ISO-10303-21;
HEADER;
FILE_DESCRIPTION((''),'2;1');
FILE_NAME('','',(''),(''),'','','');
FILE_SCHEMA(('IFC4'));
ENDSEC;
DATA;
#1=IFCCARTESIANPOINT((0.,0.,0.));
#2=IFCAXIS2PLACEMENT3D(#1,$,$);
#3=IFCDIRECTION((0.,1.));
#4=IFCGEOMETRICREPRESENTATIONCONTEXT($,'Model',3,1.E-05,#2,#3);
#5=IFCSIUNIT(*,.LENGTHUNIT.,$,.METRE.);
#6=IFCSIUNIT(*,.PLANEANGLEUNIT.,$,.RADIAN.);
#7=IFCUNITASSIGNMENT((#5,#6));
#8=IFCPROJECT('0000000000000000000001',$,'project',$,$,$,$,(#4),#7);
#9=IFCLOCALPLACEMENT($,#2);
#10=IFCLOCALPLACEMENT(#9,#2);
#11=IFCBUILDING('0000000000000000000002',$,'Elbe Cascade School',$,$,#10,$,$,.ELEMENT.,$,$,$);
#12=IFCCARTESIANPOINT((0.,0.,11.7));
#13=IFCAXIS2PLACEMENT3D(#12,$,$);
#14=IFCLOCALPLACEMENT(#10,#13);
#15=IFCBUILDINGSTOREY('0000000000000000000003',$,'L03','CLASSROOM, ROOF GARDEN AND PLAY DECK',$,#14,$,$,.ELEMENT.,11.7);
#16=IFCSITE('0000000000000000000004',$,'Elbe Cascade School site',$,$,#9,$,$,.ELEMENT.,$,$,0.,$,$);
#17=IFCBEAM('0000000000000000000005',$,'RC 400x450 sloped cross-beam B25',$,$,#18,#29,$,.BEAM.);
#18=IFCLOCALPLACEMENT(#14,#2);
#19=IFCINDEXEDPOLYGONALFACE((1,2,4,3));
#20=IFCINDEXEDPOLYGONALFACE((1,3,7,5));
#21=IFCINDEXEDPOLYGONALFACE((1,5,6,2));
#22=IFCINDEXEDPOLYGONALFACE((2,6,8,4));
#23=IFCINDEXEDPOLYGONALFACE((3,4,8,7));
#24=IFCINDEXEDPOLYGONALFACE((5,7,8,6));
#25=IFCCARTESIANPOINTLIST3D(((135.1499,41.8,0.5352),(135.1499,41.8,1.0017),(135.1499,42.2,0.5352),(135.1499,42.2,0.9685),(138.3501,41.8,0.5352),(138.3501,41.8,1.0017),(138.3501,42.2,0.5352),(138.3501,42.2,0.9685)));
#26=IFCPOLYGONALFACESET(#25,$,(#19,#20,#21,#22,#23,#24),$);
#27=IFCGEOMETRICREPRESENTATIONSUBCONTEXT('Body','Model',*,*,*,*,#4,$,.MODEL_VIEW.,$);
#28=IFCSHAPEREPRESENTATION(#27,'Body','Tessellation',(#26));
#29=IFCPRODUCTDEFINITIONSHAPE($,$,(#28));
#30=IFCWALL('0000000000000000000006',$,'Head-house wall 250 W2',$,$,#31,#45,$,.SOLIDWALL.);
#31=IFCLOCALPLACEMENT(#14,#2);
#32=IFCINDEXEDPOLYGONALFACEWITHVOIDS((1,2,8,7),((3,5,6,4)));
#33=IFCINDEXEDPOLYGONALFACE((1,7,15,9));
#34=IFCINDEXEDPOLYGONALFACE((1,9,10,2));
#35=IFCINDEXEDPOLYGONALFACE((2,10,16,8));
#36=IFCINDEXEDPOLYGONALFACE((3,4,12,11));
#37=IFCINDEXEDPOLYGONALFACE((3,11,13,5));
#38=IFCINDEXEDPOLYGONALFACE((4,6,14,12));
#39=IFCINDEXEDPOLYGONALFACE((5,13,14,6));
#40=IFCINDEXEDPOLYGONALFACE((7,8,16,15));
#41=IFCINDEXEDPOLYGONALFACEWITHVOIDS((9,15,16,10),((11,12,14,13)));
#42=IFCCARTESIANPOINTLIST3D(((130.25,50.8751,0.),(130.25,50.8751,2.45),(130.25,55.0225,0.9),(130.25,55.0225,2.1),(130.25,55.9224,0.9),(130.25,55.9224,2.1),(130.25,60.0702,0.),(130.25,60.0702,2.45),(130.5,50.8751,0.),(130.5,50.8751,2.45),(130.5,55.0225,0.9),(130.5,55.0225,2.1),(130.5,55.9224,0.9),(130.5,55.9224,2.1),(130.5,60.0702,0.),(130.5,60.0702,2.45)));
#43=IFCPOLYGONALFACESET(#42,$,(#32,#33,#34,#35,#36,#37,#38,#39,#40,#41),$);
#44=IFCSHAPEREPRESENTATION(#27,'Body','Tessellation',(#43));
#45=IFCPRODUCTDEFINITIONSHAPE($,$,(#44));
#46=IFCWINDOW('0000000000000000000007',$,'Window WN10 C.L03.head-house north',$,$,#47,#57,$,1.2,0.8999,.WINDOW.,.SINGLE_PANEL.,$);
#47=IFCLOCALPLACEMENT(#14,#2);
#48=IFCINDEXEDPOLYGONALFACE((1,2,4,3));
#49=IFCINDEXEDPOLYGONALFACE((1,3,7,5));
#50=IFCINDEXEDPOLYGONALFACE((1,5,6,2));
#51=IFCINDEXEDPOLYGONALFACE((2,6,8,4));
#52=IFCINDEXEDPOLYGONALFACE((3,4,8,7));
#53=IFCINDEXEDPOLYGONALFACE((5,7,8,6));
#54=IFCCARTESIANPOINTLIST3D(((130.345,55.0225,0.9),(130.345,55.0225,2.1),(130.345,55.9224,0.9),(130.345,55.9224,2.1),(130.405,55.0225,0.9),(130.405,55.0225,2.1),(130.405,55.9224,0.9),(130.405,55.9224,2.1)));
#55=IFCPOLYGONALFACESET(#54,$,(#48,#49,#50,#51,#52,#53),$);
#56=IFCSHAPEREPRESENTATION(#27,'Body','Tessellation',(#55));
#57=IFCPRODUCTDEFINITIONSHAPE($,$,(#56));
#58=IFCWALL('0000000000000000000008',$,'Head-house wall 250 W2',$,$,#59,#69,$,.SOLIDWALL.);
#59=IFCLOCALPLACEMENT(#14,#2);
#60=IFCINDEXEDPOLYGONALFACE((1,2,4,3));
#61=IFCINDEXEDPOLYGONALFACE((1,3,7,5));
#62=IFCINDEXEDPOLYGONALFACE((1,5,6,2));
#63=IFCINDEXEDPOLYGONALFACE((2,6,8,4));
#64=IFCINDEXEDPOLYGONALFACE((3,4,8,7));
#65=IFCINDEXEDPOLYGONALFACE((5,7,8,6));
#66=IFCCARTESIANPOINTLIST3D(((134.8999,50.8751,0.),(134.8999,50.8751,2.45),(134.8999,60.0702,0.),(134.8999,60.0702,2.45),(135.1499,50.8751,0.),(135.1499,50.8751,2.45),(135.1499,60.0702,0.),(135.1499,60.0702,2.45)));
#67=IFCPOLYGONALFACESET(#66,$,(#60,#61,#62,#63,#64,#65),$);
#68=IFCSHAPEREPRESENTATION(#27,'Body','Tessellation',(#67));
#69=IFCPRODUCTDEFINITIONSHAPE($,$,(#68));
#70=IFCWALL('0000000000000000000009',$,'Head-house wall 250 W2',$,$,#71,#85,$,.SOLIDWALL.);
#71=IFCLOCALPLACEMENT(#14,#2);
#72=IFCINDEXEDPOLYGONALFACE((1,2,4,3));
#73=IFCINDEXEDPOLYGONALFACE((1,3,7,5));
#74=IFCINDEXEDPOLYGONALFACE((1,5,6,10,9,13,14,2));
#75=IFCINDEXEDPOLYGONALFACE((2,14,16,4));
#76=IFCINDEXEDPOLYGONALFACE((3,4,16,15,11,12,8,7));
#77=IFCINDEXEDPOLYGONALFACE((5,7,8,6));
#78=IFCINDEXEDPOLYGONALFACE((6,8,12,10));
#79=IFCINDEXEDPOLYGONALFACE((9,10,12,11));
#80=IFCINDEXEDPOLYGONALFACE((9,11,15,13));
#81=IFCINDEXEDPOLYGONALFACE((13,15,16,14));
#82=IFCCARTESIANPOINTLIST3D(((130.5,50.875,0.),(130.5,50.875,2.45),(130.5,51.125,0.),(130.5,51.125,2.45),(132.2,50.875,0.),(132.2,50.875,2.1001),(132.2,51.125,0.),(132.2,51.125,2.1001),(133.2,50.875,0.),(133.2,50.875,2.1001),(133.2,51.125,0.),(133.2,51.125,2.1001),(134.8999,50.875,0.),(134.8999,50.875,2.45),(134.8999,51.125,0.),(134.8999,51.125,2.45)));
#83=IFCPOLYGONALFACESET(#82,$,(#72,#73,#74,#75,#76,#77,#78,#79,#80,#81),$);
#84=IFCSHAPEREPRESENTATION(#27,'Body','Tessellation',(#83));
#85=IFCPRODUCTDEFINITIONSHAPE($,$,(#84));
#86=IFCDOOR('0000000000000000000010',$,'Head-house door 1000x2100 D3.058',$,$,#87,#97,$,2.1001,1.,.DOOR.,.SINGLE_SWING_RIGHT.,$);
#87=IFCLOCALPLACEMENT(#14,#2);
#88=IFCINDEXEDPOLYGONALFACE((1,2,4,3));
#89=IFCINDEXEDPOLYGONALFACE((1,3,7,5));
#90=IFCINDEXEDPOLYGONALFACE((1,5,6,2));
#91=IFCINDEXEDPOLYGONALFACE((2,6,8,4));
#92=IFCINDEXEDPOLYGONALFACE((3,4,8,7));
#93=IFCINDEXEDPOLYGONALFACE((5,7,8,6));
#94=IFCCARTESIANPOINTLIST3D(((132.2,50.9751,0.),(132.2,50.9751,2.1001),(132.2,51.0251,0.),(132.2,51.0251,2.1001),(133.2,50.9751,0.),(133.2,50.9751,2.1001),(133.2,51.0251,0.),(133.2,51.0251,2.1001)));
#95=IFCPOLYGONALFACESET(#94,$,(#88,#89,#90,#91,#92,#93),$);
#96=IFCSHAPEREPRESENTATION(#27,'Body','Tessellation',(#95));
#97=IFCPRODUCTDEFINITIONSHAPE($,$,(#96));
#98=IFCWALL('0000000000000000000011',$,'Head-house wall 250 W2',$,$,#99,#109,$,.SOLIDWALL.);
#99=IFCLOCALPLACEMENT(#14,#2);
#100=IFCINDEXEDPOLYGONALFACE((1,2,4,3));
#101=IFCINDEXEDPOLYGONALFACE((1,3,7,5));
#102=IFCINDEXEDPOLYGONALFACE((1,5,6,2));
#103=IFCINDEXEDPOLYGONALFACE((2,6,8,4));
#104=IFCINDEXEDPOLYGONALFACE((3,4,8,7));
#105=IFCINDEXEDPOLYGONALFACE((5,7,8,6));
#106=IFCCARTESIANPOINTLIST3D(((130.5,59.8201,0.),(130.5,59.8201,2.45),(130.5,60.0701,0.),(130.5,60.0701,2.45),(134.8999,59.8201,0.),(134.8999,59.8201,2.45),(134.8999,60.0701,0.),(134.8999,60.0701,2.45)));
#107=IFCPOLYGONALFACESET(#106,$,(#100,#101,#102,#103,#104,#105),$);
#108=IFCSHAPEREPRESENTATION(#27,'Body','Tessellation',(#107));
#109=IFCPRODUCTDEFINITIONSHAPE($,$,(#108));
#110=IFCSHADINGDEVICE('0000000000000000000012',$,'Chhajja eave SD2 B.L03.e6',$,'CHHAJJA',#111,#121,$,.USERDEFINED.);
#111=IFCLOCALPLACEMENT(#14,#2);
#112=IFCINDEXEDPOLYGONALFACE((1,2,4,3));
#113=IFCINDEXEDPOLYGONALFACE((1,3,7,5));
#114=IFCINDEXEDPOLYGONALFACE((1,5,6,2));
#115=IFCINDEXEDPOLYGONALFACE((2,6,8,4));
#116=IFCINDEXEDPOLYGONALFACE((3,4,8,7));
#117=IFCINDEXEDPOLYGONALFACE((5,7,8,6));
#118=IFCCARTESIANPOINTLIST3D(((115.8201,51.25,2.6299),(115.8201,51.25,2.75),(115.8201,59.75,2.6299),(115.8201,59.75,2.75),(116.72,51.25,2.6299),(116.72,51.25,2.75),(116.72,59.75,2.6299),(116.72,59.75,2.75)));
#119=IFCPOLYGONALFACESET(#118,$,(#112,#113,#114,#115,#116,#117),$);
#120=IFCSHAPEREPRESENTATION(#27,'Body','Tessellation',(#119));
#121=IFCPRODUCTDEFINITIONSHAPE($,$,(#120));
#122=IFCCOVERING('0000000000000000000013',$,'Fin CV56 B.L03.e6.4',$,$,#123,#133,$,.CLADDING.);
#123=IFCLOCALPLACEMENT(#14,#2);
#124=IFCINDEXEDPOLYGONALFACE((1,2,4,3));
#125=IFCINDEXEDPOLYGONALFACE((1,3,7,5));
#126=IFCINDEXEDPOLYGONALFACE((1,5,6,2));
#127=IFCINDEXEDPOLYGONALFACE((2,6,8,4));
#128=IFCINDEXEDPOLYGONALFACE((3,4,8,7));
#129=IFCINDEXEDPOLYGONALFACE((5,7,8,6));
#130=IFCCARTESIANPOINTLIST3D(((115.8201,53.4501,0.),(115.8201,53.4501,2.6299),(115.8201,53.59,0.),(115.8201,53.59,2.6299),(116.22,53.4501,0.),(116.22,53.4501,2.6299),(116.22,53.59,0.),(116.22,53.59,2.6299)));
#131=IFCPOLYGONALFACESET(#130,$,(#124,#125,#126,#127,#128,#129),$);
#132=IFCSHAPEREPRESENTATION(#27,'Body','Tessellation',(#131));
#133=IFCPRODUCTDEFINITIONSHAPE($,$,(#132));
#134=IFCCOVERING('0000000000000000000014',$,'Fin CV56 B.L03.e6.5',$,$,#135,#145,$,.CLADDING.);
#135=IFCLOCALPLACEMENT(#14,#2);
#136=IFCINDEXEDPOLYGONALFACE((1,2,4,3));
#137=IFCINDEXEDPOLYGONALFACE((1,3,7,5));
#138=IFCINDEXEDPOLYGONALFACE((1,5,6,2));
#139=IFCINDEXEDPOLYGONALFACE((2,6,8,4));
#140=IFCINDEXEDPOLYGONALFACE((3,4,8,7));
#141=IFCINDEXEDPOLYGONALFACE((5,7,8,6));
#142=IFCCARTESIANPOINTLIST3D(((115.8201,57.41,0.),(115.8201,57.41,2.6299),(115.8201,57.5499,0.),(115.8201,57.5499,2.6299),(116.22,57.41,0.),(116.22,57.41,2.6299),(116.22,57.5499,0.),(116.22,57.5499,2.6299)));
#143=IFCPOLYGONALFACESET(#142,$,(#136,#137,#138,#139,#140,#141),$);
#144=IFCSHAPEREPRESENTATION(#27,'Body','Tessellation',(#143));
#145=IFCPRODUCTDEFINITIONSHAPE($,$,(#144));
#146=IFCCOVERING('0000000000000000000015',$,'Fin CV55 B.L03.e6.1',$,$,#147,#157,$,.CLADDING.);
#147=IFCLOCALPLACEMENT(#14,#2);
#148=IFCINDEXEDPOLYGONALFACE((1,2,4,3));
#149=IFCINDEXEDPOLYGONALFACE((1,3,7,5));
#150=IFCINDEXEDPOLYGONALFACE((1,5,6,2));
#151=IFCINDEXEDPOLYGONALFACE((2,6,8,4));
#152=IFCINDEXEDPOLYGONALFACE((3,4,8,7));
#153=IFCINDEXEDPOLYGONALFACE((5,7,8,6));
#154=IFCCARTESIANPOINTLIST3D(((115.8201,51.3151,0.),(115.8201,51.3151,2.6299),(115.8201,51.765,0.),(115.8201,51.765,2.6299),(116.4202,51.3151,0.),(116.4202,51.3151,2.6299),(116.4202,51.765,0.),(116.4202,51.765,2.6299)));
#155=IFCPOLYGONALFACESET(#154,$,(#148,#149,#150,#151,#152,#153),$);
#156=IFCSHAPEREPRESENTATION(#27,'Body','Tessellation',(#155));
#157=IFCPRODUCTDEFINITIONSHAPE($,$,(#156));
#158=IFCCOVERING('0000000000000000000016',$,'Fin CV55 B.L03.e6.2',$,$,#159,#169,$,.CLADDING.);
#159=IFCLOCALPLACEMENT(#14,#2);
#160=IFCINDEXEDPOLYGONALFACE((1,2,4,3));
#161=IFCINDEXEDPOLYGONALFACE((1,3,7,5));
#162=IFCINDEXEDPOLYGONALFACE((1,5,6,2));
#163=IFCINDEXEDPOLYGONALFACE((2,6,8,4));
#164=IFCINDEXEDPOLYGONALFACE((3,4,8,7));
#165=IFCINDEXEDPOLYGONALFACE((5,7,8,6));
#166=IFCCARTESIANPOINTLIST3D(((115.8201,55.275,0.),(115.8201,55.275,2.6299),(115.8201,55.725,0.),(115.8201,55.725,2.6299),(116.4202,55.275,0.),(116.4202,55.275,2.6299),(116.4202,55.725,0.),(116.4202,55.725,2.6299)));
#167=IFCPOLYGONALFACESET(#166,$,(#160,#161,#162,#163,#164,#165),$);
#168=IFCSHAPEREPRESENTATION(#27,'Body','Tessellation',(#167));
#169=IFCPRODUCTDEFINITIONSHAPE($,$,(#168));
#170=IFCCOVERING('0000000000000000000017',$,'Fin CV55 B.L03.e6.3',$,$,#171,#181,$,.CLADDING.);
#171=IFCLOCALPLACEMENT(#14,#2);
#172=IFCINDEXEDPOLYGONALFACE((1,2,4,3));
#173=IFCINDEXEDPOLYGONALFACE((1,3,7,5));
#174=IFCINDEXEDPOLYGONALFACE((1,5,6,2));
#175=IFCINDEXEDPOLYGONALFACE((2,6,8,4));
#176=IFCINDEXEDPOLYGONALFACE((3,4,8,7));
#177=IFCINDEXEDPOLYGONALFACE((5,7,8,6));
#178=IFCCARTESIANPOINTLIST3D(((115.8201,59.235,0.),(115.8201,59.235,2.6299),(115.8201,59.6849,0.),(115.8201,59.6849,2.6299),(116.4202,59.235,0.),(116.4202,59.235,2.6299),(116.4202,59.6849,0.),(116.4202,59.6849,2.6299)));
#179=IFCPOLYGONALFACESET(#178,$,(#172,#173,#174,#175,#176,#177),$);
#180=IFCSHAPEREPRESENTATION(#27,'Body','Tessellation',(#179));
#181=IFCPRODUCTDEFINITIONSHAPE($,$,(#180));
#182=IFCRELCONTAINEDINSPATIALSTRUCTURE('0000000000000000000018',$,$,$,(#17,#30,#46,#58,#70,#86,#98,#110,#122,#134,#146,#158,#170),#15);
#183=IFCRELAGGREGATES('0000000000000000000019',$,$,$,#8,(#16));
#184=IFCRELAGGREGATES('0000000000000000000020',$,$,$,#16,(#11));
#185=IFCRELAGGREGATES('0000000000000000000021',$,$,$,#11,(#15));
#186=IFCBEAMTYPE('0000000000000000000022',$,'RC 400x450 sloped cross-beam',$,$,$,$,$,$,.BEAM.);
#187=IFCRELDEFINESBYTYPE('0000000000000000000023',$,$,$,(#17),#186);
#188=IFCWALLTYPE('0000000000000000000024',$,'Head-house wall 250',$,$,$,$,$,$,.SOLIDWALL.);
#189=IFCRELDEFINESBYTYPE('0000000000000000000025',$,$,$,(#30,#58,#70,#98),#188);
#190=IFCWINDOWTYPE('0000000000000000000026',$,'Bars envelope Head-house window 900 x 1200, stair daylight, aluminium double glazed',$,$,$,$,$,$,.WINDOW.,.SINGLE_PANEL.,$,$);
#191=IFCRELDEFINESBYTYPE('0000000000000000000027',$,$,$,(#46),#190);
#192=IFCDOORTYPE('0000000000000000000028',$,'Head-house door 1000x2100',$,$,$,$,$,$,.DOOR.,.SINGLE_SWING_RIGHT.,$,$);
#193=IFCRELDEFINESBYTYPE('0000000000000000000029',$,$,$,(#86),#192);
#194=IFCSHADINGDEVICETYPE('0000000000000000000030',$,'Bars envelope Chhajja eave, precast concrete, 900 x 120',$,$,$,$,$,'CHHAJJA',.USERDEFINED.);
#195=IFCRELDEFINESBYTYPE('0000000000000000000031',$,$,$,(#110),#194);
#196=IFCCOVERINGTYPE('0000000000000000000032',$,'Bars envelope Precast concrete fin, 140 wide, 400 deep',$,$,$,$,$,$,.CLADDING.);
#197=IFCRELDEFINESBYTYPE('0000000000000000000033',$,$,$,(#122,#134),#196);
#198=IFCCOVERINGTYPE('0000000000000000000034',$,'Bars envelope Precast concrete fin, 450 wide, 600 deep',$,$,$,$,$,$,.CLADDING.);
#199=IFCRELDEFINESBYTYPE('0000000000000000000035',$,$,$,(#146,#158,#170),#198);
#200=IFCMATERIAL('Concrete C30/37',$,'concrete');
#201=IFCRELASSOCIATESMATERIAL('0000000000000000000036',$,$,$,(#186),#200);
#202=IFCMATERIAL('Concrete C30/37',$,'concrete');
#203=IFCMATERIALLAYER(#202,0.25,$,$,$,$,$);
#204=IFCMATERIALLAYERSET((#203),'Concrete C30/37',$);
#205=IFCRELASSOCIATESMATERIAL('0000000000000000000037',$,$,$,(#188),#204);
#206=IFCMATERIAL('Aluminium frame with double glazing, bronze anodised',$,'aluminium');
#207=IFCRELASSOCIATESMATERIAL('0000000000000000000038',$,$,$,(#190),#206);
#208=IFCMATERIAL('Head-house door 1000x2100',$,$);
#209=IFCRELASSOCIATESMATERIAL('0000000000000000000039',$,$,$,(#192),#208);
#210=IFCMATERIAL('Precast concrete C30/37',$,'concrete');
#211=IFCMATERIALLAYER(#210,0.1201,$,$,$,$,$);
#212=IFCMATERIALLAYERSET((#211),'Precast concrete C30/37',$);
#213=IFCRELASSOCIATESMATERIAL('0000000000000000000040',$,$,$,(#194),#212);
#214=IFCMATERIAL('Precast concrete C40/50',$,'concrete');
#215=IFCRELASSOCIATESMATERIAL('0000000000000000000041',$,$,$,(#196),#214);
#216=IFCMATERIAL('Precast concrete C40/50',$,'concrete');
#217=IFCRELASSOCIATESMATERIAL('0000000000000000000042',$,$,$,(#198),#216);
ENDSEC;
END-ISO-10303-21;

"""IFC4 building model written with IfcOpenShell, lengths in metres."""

from ifc_helpers import new_model, si_unit, direction, frame, frame_2d, origin, origin_2d, place, context, subcontext, project, spatial, polyline, rectangle, outline, extrude, material, layer, layer_set, material_profile, profile_set, type_object, element, fill, save


model = new_model("IFC4")

# Units and contexts
model_context = context("Model", 3, precision=1e-05, world=origin(), true_north=direction((0.0, 1.0)))
body_context = subcontext(model_context, "Body", "Model", "MODEL_VIEW")
ifc_project = project(units=[si_unit("LENGTHUNIT", "METRE"), si_unit("PLANEANGLEUNIT", "RADIAN")], contexts=[model_context])

# Site, building, storey
site_placement = place(None, origin())
site = spatial("IfcSite", under=ifc_project, at=site_placement, Name="Elbe Cascade School site", CompositionType="ELEMENT", RefElevation=0.0)
building_placement = place(site_placement, origin())
building = spatial("IfcBuilding", under=site, at=building_placement, Name="Elbe Cascade School", CompositionType="ELEMENT")
storey_placement = place(building_placement, frame((0.0, 0.0, 11.7)))
storey = spatial("IfcBuildingStorey", under=building, at=storey_placement, Name="L03", Description="CLASSROOM, ROOF GARDEN AND PLAY DECK", CompositionType="ELEMENT", Elevation=11.7)

# Beam
ifc_material_1 = material(Name="Concrete C30/37", Category="concrete")
ifc_material_profile = material_profile(ifc_material_1, outline(polyline([(-0.2, 0.0), (0.2, 0.0), (0.2, 0.4333), (-0.2, 0.4666), (-0.2, 0.0)])), Name="RC cross-beam 400x450 sloped top")
ifc_profile_set = profile_set([ifc_material_profile], Name="Concrete C30/37")
beam_type = type_object("IfcBeamType", Name="RC 400x450 sloped cross-beam", PredefinedType="BEAM", material=ifc_profile_set)
beam_placement = place(storey_placement, frame((135.1499, 42.0, 0.5352), z_axis=(1.0, 0.0, 0.0), x_axis=(0.0, 1.0, 0.0)))
element("IfcBeam", 1, at=beam_placement, inside=storey, type_object=beam_type, Name="RC 400x450 sloped cross-beam B25", PredefinedType="BEAM", context=body_context, shape_type="SweptSolid", body=[
    extrude(outline(polyline([(-0.2, 0.0), (0.2, 0.0), (0.2, 0.4333), (-0.2, 0.4666), (-0.2, 0.0)])), origin(), (0.0, 0.0, 1.0), 3.2002),
])

# Wall, opening, window
ifc_material_2 = material(Name="Concrete C30/37", Category="concrete")
ifc_layer_1 = layer(ifc_material_2, 0.25)
ifc_layer_set_1 = layer_set([ifc_layer_1], Name="Concrete C30/37")
wall_type = type_object("IfcWallType", Name="Head-house wall 250", PredefinedType="SOLIDWALL", material=ifc_layer_set_1)
wall_1_placement = place(storey_placement, frame((130.375, 50.875, 0.0), z_axis=(0.0, 0.0, 1.0), x_axis=(0.0, 1.0, 0.0)))
wall_1 = element("IfcWall", 2, at=wall_1_placement, inside=storey, type_object=wall_type, Name="Head-house wall 250 W2", PredefinedType="SOLIDWALL", context=body_context, shape_type="SweptSolid", body=[
    extrude(rectangle(XDim=9.1951, YDim=0.25, at=frame_2d((4.5977, 0.0))), origin(), (0.0, 0.0, 1.0), 2.45),
])
opening_1_placement = place(wall_1_placement, frame((4.1475, 0.0, 0.8999)))
opening_1 = element("IfcOpeningElement", 3, at=opening_1_placement, cuts=wall_1, PredefinedType="OPENING", context=body_context, shape_type="SweptSolid", body=[
    extrude(rectangle(XDim=0.8999, YDim=1.2, at=frame_2d((0.45, 0.6001))), frame((0.0, 0.135, 0.0), z_axis=(0.0, -1.0, 0.0), x_axis=(1.0, 0.0, 0.0)), (0.0, 0.0, 1.0), 0.27),
])
ifc_material_3 = material(Name="Aluminium frame with double glazing, bronze anodised", Category="aluminium")
window_type = type_object("IfcWindowType", Name="Bars envelope Head-house window 900 x 1200, stair daylight, aluminium double glazed", PartitioningType="SINGLE_PANEL", PredefinedType="WINDOW", material=ifc_material_3)
window_placement = place(opening_1_placement, origin())
window = element("IfcWindow", 4, at=window_placement, inside=storey, type_object=window_type, Name="Window WN10 C.L03.head-house north", OverallHeight=1.2, OverallWidth=0.8999, PartitioningType="SINGLE_PANEL", PredefinedType="WINDOW", context=body_context, shape_type="SweptSolid", body=[
    extrude(rectangle(XDim=0.8999, YDim=1.2, at=frame_2d((0.45, 0.6001))), frame((0.0, 0.03, 0.0), z_axis=(0.0, -1.0, 0.0), x_axis=(1.0, 0.0, 0.0)), (0.0, 0.0, 1.0), 0.0601),
])
fill(opening_1, window)

# Wall
wall_2_placement = place(storey_placement, frame((135.0249, 50.875, 0.0), z_axis=(0.0, 0.0, 1.0), x_axis=(0.0, 1.0, 0.0)))
element("IfcWall", 5, at=wall_2_placement, inside=storey, type_object=wall_type, Name="Head-house wall 250 W2", PredefinedType="SOLIDWALL", context=body_context, shape_type="SweptSolid", body=[
    extrude(rectangle(XDim=9.1951, YDim=0.25, at=frame_2d((4.5977, 0.0))), origin(), (0.0, 0.0, 1.0), 2.45),
])

# Wall, opening, door
wall_3_placement = place(storey_placement, frame((134.8999, 51.0, 0.0), z_axis=(0.0, 0.0, 1.0), x_axis=(-1.0, 0.0, 0.0)))
wall_3 = element("IfcWall", 6, at=wall_3_placement, inside=storey, type_object=wall_type, Name="Head-house wall 250 W2", PredefinedType="SOLIDWALL", context=body_context, shape_type="SweptSolid", body=[
    extrude(rectangle(XDim=4.3999, YDim=0.25, at=frame_2d((2.2, 0.0))), origin(), (0.0, 0.0, 1.0), 2.45),
])
opening_2_placement = place(wall_3_placement, frame((1.7, 0.0, 0.0)))
opening_2 = element("IfcOpeningElement", 7, at=opening_2_placement, cuts=wall_3, PredefinedType="OPENING", context=body_context, shape_type="SweptSolid", body=[
    extrude(rectangle(XDim=1.0, YDim=2.1001, at=frame_2d((0.5, 1.05))), frame((0.0, 0.135, 0.0), z_axis=(0.0, -1.0, 0.0), x_axis=(1.0, 0.0, 0.0)), (0.0, 0.0, 1.0), 0.27),
])
ifc_material_4 = material(Name="Head-house door 1000x2100")
door_type = type_object("IfcDoorType", Name="Head-house door 1000x2100", OperationType="SINGLE_SWING_RIGHT", PredefinedType="DOOR", material=ifc_material_4)
door_placement = place(opening_2_placement, origin())
door = element("IfcDoor", 8, at=door_placement, inside=storey, type_object=door_type, Name="Head-house door 1000x2100 D3.058", OperationType="SINGLE_SWING_RIGHT", OverallHeight=2.1001, OverallWidth=1.0, PredefinedType="DOOR", context=body_context, shape_type="SweptSolid", body=[
    extrude(rectangle(XDim=1.0, YDim=2.1001, at=frame_2d((0.5, 1.05))), frame((0.0, 0.0249, 0.0), z_axis=(0.0, -1.0, 0.0), x_axis=(1.0, 0.0, 0.0)), (0.0, 0.0, 1.0), 0.05),
])
fill(opening_2, door)

# Wall
wall_4_placement = place(storey_placement, frame((130.5, 59.9451, 0.0), z_axis=(0.0, 0.0, 1.0), x_axis=(1.0, 0.0, 0.0)))
element("IfcWall", 9, at=wall_4_placement, inside=storey, type_object=wall_type, Name="Head-house wall 250 W2", PredefinedType="SOLIDWALL", context=body_context, shape_type="SweptSolid", body=[
    extrude(rectangle(XDim=4.3999, YDim=0.25, at=frame_2d((2.2, 0.0))), origin(), (0.0, 0.0, 1.0), 2.45),
])

# Shading device
ifc_material_5 = material(Name="Precast concrete C30/37", Category="concrete")
ifc_layer_2 = layer(ifc_material_5, 0.1201)
ifc_layer_set_2 = layer_set([ifc_layer_2], Name="Precast concrete C30/37")
shading_device_type_1 = type_object("IfcShadingDeviceType", Name="Bars envelope Chhajja eave, precast concrete, 900 x 120", ElementType="CHHAJJA", PredefinedType="USERDEFINED", material=ifc_layer_set_2)
shading_device_1_placement = place(storey_placement, frame((116.27, 55.5, 2.6299), z_axis=(0.0, 0.0, 1.0), x_axis=(0.0, 1.0, 0.0)))
element("IfcShadingDevice", 10, at=shading_device_1_placement, inside=storey, type_object=shading_device_type_1, Name="Chhajja eave SD2 B.L03.e6", ObjectType="CHHAJJA", PredefinedType="USERDEFINED", context=body_context, shape_type="SweptSolid", body=[
    extrude(rectangle(XDim=8.5, YDim=0.8999, at=origin_2d()), origin(), (0.0, 0.0, 1.0), 0.1201),
])

# Coverings
ifc_material_6 = material(Name="Precast concrete C40/50", Category="concrete")
covering_type_1 = type_object("IfcCoveringType", Name="Bars envelope Precast concrete fin, 140 wide, 400 deep", PredefinedType="CLADDING", material=ifc_material_6)
for number, where, z_axis, x_axis, name in (
    (11, (116.02, 53.52, 0.0), (0.0, 0.0, 1.0), (0.0, 1.0, 0.0), "Fin CV56 B.L03.e6.4"),
    (12, (116.02, 57.48, 0.0), (0.0, 0.0, 1.0), (0.0, 1.0, 0.0), "Fin CV56 B.L03.e6.5"),
):
    element("IfcCovering", number, at=place(storey_placement, frame(where, z_axis=z_axis, x_axis=x_axis)), inside=storey, type_object=covering_type_1, Name=name, PredefinedType="CLADDING", context=body_context, shape_type="SweptSolid", body=[
        extrude(rectangle(XDim=0.1399, YDim=0.3999, at=origin_2d()), origin(), (0.0, 0.0, 1.0), 2.6299),
    ])
ifc_material_7 = material(Name="Precast concrete C40/50", Category="concrete")
covering_type_2 = type_object("IfcCoveringType", Name="Bars envelope Precast concrete fin, 450 wide, 600 deep", PredefinedType="CLADDING", material=ifc_material_7)
for number, where, z_axis, x_axis, name in (
    (13, (116.1201, 51.54, 0.0), (0.0, 0.0, 1.0), (0.0, 1.0, 0.0), "Fin CV55 B.L03.e6.1"),
    (14, (116.1201, 55.5, 0.0), (0.0, 0.0, 1.0), (0.0, 1.0, 0.0), "Fin CV55 B.L03.e6.2"),
    (15, (116.1201, 59.46, 0.0), (0.0, 0.0, 1.0), (0.0, 1.0, 0.0), "Fin CV55 B.L03.e6.3"),
):
    element("IfcCovering", number, at=place(storey_placement, frame(where, z_axis=z_axis, x_axis=x_axis)), inside=storey, type_object=covering_type_2, Name=name, PredefinedType="CLADDING", context=body_context, shape_type="SweptSolid", body=[
        extrude(rectangle(XDim=0.45, YDim=0.6001, at=origin_2d()), origin(), (0.0, 0.0, 1.0), 2.6299),
    ])

save(model, "model.ifc")
